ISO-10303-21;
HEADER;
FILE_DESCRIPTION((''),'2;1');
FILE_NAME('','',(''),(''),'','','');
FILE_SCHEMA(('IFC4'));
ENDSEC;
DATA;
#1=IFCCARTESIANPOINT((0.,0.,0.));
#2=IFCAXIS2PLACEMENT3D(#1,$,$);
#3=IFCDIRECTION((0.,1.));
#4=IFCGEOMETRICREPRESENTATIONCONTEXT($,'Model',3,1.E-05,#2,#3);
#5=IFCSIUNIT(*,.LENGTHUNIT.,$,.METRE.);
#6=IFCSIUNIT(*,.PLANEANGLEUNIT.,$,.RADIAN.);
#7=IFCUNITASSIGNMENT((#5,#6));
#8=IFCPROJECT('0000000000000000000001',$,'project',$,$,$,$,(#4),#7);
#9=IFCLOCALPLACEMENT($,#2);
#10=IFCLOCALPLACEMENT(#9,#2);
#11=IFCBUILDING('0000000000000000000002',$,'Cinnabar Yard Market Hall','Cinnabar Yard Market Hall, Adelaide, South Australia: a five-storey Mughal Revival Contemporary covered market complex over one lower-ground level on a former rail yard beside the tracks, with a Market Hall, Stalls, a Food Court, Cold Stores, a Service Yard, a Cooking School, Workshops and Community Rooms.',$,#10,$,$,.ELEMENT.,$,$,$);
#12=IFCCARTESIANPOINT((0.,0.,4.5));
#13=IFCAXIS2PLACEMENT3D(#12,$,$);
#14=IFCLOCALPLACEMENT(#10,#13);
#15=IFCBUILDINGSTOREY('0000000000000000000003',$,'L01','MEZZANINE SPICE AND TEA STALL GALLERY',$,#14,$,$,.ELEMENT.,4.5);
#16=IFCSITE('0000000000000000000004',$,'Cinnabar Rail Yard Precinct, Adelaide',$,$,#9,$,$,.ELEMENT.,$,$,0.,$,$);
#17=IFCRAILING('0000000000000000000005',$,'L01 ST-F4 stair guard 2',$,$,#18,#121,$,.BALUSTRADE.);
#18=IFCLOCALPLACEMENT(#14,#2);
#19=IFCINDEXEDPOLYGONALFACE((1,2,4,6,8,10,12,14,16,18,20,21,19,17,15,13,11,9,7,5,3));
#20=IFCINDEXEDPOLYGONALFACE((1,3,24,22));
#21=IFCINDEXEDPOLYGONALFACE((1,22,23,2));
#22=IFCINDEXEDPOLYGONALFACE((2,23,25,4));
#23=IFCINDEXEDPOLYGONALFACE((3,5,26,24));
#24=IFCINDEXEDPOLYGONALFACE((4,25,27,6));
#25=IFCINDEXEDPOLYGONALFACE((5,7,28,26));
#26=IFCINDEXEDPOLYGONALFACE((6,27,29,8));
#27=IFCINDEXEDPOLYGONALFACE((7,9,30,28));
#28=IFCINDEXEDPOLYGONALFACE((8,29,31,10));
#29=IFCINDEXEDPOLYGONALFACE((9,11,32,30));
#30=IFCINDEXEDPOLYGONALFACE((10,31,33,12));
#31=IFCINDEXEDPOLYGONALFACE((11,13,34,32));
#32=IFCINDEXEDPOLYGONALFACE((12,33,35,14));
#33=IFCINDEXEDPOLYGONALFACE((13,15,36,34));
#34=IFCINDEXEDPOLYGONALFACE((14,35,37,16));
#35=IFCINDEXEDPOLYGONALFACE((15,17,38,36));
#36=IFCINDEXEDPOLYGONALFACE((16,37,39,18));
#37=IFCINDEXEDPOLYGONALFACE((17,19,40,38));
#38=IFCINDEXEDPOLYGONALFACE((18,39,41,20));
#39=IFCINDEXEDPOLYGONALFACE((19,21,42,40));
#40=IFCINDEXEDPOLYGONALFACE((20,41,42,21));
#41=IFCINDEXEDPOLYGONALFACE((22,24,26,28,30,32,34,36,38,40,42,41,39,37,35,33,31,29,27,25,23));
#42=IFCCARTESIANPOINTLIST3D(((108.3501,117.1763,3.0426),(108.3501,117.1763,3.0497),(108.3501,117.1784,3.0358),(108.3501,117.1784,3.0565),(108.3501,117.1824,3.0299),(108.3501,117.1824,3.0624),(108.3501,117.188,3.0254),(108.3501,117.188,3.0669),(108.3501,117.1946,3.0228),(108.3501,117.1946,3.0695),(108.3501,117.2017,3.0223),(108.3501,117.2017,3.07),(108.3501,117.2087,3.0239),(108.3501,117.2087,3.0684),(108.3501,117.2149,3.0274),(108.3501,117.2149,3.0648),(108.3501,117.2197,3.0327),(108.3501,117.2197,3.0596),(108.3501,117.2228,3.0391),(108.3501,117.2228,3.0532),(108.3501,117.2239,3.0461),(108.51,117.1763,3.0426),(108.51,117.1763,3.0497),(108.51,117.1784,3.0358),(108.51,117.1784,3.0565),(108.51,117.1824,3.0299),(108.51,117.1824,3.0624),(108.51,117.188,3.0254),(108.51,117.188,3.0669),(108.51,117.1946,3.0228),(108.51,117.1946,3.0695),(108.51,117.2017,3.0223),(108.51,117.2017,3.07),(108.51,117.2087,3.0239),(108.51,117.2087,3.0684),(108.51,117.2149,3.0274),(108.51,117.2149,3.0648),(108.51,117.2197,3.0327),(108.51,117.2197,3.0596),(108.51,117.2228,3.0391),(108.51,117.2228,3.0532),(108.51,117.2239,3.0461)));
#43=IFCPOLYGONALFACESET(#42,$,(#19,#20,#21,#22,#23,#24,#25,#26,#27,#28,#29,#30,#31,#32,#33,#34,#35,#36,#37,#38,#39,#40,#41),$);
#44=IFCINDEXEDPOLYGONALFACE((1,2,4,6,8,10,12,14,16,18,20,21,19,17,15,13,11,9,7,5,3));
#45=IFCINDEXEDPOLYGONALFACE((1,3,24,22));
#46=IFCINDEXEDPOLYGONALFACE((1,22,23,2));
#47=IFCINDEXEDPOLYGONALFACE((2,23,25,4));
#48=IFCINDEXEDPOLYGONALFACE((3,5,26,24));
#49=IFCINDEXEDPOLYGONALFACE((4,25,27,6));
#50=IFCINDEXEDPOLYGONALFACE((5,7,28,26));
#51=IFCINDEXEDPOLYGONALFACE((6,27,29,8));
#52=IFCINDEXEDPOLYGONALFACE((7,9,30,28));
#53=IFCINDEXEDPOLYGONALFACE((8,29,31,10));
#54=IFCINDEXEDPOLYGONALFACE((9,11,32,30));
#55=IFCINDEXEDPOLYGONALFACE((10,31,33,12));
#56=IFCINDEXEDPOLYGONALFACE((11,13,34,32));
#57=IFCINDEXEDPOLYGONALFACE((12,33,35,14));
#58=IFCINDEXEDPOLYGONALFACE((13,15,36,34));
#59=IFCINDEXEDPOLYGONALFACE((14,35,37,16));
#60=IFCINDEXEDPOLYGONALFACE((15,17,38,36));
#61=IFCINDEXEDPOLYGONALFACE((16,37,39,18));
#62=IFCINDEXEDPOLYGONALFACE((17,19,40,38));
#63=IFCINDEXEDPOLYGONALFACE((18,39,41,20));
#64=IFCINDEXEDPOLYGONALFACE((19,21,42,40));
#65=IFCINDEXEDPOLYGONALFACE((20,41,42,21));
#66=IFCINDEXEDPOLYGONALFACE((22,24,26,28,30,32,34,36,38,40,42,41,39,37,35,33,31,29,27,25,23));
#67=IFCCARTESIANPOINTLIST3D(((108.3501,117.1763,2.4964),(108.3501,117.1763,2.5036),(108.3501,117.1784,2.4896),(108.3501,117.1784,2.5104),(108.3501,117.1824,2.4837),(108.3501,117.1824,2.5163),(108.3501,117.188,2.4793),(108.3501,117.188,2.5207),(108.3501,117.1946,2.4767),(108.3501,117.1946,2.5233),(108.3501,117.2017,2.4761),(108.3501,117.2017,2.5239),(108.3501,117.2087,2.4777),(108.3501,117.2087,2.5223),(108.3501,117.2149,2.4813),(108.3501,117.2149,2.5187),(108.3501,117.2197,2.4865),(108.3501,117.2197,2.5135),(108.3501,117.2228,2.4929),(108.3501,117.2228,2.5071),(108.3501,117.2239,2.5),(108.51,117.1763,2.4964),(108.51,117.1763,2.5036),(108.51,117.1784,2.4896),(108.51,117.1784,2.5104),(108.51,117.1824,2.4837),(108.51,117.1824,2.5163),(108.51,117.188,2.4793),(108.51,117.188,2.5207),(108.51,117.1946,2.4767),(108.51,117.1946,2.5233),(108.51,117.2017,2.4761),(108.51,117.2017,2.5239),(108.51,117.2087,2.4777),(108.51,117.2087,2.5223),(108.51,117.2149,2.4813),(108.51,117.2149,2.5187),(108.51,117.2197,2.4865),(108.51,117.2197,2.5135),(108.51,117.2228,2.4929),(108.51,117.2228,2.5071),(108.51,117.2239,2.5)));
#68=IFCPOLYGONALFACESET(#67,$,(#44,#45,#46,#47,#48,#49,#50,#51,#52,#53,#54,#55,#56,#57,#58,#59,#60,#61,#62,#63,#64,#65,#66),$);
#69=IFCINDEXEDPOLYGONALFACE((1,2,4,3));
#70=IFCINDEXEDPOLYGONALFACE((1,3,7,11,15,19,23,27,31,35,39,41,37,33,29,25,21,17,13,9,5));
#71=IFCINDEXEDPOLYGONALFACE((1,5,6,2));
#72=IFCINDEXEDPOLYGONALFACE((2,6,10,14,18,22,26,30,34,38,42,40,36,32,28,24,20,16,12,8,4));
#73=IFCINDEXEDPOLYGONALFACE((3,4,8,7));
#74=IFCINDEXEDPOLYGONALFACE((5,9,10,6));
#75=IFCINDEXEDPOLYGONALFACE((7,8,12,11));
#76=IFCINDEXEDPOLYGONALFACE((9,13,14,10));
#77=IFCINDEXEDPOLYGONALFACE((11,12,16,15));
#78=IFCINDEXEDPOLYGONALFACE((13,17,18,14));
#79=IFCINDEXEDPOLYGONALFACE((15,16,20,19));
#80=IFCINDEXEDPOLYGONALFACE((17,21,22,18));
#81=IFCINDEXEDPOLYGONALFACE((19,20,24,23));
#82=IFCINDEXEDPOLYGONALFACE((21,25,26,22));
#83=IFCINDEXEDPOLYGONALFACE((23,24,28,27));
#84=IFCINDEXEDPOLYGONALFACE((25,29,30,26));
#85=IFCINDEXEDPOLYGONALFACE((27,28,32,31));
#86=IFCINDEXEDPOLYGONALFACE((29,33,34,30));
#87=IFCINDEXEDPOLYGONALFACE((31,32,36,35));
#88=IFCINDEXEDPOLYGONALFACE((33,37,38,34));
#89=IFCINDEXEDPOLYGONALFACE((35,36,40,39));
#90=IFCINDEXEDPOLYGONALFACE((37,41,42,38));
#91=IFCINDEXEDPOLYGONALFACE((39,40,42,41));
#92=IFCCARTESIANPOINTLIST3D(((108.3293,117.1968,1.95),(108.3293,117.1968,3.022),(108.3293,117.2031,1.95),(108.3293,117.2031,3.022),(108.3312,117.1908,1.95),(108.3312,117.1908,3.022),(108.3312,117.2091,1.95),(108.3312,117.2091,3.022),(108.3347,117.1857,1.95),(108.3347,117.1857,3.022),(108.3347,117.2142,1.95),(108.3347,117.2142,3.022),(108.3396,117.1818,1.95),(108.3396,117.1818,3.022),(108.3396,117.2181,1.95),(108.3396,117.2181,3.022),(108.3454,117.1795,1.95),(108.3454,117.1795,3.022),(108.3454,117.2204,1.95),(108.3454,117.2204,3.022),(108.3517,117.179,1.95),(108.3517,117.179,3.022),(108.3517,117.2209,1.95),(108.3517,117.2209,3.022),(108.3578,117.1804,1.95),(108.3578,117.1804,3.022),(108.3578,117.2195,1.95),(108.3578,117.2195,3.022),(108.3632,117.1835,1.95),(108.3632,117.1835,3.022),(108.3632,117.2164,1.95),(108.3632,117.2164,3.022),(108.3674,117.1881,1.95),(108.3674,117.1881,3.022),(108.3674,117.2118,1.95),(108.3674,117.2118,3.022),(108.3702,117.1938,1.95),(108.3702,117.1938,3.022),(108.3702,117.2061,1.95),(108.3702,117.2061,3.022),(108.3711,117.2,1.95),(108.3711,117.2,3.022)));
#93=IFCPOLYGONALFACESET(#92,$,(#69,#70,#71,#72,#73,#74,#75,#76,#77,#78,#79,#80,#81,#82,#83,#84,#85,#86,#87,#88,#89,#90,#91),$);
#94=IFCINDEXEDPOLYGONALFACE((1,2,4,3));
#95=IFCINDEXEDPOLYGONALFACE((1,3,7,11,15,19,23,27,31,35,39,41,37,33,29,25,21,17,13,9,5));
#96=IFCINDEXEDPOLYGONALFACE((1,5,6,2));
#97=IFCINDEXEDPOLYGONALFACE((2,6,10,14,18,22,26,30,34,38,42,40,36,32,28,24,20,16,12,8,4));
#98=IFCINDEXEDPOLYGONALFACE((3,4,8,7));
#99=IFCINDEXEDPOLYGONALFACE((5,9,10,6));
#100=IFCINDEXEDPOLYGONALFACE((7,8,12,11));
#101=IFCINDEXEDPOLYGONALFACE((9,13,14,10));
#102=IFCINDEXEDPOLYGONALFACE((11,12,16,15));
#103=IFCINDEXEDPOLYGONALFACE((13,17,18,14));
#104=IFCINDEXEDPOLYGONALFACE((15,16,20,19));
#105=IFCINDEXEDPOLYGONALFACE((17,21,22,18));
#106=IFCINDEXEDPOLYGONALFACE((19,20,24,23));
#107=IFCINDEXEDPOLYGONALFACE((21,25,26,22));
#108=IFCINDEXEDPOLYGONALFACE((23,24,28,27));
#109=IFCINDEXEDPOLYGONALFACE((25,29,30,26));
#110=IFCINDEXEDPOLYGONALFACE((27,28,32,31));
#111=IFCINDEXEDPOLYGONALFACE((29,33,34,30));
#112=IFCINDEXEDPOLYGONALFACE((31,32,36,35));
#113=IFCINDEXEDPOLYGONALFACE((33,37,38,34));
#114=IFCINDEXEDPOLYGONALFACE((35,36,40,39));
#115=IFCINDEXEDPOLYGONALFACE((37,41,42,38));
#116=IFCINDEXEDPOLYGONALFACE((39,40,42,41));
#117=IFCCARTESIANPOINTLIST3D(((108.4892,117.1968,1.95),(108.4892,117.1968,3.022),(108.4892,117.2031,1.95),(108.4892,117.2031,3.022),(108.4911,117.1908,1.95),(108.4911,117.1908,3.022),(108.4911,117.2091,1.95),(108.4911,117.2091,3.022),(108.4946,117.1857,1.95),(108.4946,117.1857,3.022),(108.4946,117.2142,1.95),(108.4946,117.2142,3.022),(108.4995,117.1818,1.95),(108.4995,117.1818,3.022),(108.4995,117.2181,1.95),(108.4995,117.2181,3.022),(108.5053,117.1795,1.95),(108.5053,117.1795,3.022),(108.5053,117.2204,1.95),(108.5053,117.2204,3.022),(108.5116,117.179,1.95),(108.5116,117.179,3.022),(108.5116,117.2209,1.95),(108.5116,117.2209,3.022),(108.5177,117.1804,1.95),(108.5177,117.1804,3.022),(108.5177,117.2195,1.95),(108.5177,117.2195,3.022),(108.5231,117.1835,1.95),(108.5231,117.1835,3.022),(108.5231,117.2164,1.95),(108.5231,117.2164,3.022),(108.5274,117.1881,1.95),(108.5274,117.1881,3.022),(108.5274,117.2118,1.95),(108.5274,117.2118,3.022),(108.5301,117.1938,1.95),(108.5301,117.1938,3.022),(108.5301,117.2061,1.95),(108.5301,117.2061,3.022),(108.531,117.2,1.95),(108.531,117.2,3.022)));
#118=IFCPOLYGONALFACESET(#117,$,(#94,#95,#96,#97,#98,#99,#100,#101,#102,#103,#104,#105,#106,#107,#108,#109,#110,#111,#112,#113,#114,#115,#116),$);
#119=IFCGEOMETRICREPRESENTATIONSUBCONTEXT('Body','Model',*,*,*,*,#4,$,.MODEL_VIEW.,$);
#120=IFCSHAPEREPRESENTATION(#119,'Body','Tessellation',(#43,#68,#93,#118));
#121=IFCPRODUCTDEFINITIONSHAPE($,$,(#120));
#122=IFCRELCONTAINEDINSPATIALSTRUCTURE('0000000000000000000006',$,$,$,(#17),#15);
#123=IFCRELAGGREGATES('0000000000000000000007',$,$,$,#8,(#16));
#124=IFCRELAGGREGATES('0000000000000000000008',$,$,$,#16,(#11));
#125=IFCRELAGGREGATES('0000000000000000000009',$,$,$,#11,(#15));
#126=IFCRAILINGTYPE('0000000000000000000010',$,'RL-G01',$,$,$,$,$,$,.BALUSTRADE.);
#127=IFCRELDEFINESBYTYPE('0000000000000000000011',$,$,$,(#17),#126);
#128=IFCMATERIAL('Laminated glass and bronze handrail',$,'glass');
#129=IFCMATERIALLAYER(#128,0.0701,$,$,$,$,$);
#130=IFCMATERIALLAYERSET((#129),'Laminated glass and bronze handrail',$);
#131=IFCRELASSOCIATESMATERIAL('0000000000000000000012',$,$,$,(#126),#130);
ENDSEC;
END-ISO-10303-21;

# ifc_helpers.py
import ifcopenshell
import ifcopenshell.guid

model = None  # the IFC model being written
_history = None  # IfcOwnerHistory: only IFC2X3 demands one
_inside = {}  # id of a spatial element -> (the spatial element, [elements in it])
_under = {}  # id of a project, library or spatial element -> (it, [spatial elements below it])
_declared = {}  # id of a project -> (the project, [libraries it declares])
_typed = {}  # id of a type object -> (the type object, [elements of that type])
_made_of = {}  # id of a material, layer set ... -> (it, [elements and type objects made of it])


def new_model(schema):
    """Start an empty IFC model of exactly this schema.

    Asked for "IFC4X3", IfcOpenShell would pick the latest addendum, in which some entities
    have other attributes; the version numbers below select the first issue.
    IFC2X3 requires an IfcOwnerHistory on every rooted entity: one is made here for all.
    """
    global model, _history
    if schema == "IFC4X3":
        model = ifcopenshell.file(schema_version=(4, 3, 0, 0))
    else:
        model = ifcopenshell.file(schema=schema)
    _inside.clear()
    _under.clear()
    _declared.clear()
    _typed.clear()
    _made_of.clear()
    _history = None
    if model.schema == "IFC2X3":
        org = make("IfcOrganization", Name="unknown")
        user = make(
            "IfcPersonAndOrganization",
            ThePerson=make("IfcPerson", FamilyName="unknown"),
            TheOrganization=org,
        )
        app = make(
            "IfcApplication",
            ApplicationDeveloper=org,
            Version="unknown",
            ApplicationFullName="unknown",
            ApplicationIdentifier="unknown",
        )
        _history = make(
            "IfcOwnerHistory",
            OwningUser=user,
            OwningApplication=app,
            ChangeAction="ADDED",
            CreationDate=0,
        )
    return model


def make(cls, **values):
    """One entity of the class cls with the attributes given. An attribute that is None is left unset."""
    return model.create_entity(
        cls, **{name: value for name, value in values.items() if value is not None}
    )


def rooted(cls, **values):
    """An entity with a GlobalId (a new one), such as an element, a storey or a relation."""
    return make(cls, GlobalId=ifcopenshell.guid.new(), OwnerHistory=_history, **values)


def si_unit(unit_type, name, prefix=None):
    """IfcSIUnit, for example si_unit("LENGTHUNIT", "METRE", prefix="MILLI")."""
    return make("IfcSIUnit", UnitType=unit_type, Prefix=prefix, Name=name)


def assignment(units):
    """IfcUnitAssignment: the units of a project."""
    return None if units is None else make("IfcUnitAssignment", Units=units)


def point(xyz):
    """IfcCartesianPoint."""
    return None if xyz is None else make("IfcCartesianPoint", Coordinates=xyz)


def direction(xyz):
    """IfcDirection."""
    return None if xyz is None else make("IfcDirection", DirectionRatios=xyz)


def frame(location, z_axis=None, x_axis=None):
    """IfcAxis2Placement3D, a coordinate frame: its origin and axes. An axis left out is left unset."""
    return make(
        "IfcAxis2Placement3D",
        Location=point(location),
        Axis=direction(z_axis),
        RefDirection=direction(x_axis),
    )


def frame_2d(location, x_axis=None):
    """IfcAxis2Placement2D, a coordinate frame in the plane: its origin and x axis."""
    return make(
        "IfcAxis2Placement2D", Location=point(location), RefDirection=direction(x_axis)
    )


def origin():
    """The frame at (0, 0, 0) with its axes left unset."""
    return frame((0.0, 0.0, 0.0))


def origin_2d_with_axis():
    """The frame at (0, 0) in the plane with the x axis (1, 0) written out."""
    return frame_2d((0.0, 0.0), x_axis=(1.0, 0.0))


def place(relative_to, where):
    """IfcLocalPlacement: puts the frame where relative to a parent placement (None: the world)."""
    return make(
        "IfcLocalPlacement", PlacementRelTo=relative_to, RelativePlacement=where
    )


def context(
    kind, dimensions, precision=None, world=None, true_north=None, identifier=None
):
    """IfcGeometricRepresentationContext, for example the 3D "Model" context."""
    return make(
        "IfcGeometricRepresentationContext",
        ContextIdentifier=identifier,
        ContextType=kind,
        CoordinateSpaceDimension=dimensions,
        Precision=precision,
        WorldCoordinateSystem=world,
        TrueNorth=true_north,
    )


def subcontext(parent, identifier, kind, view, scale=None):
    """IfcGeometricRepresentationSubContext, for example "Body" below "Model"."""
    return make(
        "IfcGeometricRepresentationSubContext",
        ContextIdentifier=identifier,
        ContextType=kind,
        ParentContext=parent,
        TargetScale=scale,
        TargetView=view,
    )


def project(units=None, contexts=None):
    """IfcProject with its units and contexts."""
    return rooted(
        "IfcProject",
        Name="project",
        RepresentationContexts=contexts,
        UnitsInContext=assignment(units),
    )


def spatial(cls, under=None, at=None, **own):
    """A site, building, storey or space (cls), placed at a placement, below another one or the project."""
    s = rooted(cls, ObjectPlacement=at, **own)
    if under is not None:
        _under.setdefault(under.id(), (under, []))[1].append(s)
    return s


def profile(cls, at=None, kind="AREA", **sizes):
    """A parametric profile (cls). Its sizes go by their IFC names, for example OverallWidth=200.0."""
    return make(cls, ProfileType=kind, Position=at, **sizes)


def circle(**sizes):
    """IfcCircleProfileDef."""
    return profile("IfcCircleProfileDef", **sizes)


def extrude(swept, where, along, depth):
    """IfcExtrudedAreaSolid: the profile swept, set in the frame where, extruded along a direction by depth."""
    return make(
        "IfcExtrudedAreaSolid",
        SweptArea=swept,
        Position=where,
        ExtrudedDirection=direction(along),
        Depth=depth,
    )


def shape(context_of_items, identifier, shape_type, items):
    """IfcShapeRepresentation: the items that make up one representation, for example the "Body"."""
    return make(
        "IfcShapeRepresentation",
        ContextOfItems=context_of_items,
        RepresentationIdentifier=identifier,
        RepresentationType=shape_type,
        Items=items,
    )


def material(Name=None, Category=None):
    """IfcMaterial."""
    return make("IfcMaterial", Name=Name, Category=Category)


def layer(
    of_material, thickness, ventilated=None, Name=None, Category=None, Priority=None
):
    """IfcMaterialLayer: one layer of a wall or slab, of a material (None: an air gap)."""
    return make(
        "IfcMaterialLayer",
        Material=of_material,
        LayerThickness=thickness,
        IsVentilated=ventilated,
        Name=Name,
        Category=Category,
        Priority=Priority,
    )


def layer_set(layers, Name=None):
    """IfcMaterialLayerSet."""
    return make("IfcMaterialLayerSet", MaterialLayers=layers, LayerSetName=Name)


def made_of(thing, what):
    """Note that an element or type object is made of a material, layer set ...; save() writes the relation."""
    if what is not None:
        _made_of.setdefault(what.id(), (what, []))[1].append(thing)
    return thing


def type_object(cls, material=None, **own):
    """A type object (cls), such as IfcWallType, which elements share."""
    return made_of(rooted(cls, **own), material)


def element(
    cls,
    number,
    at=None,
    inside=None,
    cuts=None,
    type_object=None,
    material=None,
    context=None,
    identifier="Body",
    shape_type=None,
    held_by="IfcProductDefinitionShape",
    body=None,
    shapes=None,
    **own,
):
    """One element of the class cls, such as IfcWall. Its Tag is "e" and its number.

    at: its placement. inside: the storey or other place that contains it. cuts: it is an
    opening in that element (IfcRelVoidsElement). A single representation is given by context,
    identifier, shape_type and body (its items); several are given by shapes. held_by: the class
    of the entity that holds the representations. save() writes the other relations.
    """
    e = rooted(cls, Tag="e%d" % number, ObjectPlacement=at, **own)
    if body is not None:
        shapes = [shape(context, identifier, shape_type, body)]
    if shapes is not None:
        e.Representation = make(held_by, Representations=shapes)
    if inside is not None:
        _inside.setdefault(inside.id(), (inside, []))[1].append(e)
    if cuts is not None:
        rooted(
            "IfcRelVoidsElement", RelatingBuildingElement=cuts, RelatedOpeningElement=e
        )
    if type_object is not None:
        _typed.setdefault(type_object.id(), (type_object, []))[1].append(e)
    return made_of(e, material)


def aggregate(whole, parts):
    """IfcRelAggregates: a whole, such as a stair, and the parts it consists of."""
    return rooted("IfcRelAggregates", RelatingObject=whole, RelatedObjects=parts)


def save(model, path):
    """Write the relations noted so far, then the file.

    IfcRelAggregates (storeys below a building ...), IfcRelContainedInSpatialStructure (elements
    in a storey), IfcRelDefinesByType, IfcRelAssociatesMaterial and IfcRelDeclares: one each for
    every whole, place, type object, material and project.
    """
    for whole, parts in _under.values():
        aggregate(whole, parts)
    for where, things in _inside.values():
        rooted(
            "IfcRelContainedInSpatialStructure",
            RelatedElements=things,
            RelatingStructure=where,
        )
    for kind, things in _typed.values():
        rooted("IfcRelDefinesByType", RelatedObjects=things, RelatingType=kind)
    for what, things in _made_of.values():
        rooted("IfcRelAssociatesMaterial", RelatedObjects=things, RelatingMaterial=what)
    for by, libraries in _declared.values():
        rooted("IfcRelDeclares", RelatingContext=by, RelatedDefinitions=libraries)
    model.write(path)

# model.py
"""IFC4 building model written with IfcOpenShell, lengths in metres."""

from ifc_helpers import new_model, si_unit, direction, frame, origin, origin_2d_with_axis, place, context, subcontext, project, spatial, circle, extrude, material, layer, layer_set, type_object, element, save


model = new_model("IFC4")

# Units and contexts
model_context = context("Model", 3, precision=1e-05, world=origin(), true_north=direction((0.0, 1.0)))
body_context = subcontext(model_context, "Body", "Model", "MODEL_VIEW")
ifc_project = project(units=[si_unit("LENGTHUNIT", "METRE"), si_unit("PLANEANGLEUNIT", "RADIAN")], contexts=[model_context])

# Site, building, storey
site_placement = place(None, origin())
site = spatial("IfcSite", under=ifc_project, at=site_placement, Name="Cinnabar Rail Yard Precinct, Adelaide", CompositionType="ELEMENT", RefElevation=0.0)
building_placement = place(site_placement, origin())
building = spatial("IfcBuilding", under=site, at=building_placement, Name="Cinnabar Yard Market Hall", Description="Cinnabar Yard Market Hall, Adelaide, South Australia: a five-storey Mughal Revival Contemporary covered market complex over one lower-ground level on a former rail yard beside the tracks, with a Market Hall, Stalls, a Food Court, Cold Stores, a Service Yard, a Cooking School, Workshops and Community Rooms.", CompositionType="ELEMENT")
storey_placement = place(building_placement, frame((0.0, 0.0, 4.5)))
storey = spatial("IfcBuildingStorey", under=building, at=storey_placement, Name="L01", Description="MEZZANINE SPICE AND TEA STALL GALLERY", CompositionType="ELEMENT", Elevation=4.5)

# Railing
ifc_material_1 = material(Name="Laminated glass and bronze handrail", Category="glass")
ifc_layer_1 = layer(ifc_material_1, 0.0701)
ifc_layer_set_1 = layer_set([ifc_layer_1], Name="Laminated glass and bronze handrail")
railing_type_1 = type_object("IfcRailingType", Name="RL-G01", PredefinedType="BALUSTRADE", material=ifc_layer_set_1)
railing_1_placement = place(storey_placement, frame((108.3501, 117.2, 1.95)))
element("IfcRailing", 1, at=railing_1_placement, inside=storey, type_object=railing_type_1, Name="L01 ST-F4 stair guard 2", PredefinedType="BALUSTRADE", context=body_context, shape_type="SweptSolid", body=[
    extrude(circle(Radius=0.0239, at=origin_2d_with_axis()), frame((0.0, 0.0, 1.0962), z_axis=(1.0, 0.0, 0.0), x_axis=(0.0, 1.0, 0.0)), (0.0, 0.0, 1.0), 0.1599),
    extrude(circle(Radius=0.0239, at=origin_2d_with_axis()), frame((0.0, 0.0, 0.55), z_axis=(1.0, 0.0, 0.0), x_axis=(0.0, 1.0, 0.0)), (0.0, 0.0, 1.0), 0.1599),
    extrude(circle(Radius=0.021, at=origin_2d_with_axis()), origin(), (0.0, 0.0, 1.0), 1.072),
    extrude(circle(Radius=0.021, at=origin_2d_with_axis()), frame((0.1599, 0.0, 0.0)), (0.0, 0.0, 1.0), 1.072),
])

save(model, "model.ifc")
